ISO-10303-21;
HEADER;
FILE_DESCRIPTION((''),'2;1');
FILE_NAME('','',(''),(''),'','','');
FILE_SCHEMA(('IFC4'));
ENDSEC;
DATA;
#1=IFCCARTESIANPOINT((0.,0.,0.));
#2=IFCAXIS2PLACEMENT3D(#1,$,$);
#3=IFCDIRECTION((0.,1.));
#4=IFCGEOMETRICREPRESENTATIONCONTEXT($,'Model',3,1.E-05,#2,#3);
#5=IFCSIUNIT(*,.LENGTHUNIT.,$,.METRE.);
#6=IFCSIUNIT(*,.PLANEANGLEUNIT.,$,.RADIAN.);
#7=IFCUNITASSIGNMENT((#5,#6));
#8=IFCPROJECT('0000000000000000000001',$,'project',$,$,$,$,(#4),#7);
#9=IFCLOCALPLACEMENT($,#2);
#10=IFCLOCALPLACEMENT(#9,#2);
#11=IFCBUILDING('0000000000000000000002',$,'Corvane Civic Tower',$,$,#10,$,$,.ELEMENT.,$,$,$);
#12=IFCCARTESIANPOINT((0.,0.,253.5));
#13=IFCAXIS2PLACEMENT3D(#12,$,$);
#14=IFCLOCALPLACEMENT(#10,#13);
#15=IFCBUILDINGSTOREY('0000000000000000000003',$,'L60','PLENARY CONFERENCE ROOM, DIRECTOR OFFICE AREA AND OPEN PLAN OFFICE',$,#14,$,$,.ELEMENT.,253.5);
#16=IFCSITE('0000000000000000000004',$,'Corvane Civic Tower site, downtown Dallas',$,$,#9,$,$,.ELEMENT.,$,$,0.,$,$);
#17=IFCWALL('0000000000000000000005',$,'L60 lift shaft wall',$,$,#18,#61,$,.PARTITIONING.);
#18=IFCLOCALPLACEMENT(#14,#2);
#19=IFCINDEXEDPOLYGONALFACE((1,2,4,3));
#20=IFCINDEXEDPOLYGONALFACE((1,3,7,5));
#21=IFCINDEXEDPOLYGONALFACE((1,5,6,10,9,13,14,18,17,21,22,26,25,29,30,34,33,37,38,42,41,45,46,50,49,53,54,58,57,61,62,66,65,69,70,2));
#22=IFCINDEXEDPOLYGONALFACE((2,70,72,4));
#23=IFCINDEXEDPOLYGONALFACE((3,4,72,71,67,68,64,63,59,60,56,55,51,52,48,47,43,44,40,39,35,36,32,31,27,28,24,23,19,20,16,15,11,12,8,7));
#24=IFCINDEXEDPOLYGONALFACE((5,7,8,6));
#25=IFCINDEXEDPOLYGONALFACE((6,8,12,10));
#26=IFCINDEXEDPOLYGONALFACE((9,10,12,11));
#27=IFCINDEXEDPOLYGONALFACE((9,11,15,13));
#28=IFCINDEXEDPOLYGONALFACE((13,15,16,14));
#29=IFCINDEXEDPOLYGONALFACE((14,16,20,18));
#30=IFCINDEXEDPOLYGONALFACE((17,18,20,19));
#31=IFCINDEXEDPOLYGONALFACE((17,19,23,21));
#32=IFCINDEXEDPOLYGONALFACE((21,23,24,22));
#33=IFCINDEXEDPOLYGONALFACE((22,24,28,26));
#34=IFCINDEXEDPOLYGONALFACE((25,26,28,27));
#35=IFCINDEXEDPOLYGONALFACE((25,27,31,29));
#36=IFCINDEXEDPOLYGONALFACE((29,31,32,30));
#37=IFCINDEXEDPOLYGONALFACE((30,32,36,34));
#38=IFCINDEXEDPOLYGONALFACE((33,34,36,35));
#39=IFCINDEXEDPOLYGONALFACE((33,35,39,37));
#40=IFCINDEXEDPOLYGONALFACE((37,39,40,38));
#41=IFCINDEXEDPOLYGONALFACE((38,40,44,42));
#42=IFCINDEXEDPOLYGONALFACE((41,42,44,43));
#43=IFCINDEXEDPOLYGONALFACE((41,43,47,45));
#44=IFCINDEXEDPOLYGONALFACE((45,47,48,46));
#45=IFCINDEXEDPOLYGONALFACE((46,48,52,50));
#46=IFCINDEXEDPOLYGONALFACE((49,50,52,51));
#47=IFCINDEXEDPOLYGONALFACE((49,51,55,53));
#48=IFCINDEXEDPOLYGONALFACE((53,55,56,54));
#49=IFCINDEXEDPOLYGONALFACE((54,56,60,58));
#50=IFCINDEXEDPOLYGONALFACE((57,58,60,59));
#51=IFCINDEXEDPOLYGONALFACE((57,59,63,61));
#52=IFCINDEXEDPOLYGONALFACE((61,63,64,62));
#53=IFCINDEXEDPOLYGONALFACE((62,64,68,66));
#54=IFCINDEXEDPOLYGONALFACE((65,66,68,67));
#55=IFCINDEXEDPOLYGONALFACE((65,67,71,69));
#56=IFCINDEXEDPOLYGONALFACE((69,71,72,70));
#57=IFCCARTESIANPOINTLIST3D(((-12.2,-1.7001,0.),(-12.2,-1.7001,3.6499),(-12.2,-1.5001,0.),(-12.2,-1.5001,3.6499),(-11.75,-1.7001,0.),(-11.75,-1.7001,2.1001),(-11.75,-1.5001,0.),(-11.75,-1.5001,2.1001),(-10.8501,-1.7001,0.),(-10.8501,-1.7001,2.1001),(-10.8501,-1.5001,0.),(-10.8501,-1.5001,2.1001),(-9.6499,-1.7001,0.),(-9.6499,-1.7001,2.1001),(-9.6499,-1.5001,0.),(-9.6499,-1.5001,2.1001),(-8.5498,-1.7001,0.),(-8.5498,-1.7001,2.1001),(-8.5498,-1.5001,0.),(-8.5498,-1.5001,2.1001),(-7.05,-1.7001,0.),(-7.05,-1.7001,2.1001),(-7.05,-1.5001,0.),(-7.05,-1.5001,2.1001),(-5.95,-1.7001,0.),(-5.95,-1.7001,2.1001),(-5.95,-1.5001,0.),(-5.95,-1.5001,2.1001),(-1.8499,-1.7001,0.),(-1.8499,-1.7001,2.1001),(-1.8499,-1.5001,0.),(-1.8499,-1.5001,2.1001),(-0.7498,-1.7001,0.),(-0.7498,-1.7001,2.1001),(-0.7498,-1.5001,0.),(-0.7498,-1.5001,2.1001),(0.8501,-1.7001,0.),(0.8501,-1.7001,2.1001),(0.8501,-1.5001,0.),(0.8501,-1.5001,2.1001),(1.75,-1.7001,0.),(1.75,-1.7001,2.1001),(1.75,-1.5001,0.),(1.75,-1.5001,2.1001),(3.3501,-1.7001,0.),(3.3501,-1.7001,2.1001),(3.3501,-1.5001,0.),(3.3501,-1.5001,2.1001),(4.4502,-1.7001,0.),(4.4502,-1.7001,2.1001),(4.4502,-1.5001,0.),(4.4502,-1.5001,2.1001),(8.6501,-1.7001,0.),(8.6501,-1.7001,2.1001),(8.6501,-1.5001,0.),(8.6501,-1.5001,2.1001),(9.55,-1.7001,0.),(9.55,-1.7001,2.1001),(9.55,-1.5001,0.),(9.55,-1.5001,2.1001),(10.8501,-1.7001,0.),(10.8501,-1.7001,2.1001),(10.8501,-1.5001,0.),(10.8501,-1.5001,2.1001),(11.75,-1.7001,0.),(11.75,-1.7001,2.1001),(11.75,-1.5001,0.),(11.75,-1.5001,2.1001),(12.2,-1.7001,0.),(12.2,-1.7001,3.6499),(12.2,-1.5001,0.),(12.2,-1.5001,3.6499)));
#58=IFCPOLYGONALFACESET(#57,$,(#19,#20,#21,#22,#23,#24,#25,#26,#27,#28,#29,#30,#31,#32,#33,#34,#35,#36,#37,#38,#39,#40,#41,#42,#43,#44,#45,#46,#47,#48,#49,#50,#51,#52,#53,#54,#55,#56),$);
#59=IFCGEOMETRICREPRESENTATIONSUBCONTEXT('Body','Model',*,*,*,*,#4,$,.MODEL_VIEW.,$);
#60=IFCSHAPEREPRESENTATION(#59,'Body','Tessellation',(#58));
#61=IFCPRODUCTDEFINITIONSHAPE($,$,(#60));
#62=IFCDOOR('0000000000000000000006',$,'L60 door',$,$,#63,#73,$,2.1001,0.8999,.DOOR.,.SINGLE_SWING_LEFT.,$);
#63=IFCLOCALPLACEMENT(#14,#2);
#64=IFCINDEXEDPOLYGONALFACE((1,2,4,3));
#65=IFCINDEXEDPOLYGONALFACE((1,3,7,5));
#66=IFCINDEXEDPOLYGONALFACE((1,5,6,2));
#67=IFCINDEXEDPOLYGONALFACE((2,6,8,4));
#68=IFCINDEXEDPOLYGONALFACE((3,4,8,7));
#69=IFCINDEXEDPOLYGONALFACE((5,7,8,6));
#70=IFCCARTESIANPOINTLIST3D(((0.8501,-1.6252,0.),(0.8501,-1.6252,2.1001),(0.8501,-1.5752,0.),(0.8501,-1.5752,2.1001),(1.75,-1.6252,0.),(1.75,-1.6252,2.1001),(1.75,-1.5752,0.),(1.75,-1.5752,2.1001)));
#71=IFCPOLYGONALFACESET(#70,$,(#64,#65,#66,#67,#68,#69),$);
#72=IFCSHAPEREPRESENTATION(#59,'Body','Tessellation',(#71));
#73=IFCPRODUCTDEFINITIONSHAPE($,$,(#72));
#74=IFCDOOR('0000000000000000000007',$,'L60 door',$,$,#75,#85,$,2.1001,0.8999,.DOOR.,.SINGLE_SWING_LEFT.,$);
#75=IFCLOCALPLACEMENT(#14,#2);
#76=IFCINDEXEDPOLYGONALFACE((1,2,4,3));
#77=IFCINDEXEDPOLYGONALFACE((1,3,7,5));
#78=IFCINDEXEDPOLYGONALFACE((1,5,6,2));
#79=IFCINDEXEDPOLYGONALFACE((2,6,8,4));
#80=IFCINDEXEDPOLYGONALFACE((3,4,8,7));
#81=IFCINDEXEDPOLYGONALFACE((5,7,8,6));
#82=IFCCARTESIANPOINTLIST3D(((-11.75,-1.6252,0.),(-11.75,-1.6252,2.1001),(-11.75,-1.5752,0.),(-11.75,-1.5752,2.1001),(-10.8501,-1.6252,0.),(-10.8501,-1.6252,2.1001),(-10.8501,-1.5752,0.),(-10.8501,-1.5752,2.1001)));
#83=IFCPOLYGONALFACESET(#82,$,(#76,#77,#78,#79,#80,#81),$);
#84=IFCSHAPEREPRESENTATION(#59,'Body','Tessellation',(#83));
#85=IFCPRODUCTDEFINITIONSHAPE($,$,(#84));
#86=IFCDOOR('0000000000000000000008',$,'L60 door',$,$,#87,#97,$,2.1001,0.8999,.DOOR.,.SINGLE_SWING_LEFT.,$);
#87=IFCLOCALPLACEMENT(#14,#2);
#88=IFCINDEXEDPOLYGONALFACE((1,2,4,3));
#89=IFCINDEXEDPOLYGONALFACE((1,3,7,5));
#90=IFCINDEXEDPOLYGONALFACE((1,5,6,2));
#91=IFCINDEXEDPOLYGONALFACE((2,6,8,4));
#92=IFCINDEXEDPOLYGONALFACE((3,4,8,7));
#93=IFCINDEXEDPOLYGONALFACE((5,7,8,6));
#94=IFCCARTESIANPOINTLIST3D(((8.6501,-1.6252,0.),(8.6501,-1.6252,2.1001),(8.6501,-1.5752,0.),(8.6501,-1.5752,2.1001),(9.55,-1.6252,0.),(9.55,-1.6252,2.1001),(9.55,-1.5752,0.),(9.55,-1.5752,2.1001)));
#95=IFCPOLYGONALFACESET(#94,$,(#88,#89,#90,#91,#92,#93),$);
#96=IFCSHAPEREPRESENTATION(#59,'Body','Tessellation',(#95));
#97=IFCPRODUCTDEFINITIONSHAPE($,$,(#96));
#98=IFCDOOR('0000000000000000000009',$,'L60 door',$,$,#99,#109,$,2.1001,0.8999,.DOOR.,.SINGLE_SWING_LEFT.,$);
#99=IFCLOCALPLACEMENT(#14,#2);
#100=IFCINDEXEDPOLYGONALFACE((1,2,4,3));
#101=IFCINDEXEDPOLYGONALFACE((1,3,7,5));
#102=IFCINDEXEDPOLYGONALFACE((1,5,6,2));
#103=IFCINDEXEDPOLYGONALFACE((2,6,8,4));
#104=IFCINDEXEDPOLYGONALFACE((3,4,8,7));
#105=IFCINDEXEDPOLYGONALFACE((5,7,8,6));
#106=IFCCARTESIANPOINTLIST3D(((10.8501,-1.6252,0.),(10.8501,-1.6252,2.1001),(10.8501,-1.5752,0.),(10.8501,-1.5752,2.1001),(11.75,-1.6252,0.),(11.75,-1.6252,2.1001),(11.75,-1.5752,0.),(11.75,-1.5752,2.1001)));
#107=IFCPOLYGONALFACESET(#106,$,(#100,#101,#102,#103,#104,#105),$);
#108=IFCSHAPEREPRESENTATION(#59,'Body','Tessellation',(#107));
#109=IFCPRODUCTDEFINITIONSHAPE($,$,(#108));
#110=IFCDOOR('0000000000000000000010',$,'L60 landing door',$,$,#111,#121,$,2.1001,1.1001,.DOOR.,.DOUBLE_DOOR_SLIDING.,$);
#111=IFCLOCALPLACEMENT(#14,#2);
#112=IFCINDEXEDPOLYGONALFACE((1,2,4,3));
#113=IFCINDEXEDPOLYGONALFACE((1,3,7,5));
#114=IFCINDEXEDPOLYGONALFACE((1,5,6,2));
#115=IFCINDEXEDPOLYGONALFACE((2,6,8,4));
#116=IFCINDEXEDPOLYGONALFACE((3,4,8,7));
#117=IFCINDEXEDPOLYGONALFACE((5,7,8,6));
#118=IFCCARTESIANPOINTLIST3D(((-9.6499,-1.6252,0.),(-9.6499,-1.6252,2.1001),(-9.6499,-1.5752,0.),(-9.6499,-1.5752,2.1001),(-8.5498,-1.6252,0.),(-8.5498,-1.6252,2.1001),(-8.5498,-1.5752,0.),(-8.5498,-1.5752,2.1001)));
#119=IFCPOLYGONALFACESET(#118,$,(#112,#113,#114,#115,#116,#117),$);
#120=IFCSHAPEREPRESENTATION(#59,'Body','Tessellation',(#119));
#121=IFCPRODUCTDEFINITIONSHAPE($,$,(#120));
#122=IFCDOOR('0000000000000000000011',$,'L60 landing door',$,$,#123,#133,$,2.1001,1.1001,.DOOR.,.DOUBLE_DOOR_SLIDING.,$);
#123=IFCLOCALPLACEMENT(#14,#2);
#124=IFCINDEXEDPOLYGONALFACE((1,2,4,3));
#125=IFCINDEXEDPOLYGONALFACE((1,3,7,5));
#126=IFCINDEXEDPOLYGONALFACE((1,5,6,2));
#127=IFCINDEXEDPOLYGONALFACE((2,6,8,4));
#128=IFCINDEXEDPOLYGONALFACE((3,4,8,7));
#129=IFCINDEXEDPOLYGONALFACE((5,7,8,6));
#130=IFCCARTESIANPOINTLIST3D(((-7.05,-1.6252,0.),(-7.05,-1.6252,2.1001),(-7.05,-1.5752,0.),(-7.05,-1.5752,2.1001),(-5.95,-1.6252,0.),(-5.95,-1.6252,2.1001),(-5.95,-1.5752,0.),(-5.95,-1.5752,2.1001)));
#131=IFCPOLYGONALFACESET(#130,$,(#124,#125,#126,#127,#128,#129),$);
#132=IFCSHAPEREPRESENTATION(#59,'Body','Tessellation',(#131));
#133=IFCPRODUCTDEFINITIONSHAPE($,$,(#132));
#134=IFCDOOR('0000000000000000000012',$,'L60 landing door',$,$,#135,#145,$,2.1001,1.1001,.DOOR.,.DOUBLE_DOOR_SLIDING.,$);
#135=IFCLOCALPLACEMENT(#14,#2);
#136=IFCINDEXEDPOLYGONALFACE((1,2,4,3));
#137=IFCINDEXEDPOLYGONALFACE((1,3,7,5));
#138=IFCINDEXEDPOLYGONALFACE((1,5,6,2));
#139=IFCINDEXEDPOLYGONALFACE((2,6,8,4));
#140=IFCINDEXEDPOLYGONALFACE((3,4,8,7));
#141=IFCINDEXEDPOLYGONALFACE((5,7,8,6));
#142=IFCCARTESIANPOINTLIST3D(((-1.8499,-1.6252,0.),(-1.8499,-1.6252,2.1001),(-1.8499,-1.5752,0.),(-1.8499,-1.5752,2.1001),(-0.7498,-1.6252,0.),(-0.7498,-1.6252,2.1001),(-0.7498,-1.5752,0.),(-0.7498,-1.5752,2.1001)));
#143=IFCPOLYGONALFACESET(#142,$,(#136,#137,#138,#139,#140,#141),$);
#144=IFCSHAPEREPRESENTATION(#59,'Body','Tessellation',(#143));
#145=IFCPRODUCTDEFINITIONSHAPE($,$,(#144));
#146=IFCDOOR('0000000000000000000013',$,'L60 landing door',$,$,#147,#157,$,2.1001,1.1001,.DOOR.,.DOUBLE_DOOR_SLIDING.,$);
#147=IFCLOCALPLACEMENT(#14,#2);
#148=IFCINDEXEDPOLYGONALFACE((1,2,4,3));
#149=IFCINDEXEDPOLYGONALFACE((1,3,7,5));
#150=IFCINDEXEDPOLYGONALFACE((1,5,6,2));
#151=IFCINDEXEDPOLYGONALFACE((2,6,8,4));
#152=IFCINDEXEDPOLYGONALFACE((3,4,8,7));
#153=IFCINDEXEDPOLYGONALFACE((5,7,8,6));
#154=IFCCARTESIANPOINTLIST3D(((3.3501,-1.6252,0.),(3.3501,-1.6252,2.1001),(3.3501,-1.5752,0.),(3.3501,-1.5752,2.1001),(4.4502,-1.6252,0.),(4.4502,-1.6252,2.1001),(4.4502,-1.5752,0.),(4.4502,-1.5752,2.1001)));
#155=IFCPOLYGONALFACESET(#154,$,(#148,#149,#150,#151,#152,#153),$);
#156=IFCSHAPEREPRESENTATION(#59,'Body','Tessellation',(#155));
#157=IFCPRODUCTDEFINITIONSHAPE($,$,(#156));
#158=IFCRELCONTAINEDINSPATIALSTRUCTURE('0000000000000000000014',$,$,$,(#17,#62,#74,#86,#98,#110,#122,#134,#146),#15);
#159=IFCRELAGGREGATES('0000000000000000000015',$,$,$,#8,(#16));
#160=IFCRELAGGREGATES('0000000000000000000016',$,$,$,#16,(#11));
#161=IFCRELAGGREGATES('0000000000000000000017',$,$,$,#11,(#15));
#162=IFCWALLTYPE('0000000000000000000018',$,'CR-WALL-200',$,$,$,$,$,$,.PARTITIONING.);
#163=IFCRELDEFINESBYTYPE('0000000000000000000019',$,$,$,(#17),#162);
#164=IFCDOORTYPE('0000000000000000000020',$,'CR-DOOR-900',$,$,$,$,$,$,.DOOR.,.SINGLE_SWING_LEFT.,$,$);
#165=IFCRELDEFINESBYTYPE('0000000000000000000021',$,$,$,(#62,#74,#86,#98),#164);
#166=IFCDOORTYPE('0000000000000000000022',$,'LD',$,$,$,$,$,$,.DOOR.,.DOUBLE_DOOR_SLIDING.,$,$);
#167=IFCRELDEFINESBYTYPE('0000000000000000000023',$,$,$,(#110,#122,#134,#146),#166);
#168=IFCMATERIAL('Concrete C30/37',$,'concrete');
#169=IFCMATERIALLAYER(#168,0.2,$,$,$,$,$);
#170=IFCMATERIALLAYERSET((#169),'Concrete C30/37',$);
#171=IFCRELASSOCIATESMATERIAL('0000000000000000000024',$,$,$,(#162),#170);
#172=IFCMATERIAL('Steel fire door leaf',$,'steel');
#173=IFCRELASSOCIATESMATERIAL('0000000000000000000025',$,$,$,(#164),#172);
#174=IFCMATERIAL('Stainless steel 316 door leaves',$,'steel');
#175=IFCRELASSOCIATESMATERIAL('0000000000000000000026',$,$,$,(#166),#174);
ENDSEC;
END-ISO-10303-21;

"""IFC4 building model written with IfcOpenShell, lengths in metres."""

from ifc_helpers import new_model, si_unit, direction, frame, frame_2d, origin, place, context, subcontext, project, spatial, rectangle, extrude, material, layer, layer_set, type_object, element, fill, save


model = new_model("IFC4")

# Units and contexts
model_context = context("Model", 3, precision=1e-05, world=origin(), true_north=direction((0.0, 1.0)))
body_context = subcontext(model_context, "Body", "Model", "MODEL_VIEW")
ifc_project = project(units=[si_unit("LENGTHUNIT", "METRE"), si_unit("PLANEANGLEUNIT", "RADIAN")], contexts=[model_context])

# Site, building, storey
site_placement = place(None, origin())
site = spatial("IfcSite", under=ifc_project, at=site_placement, Name="Corvane Civic Tower site, downtown Dallas", CompositionType="ELEMENT", RefElevation=0.0)
building_placement = place(site_placement, origin())
building = spatial("IfcBuilding", under=site, at=building_placement, Name="Corvane Civic Tower", CompositionType="ELEMENT")
storey_placement = place(building_placement, frame((0.0, 0.0, 253.5)))
storey = spatial("IfcBuildingStorey", under=building, at=storey_placement, Name="L60", Description="PLENARY CONFERENCE ROOM, DIRECTOR OFFICE AREA AND OPEN PLAN OFFICE", CompositionType="ELEMENT", Elevation=253.5)

# Shared definitions
ifc_material_1 = material(Name="Concrete C30/37", Category="concrete")
ifc_layer_1 = layer(ifc_material_1, 0.2)
ifc_layer_set_1 = layer_set([ifc_layer_1], Name="Concrete C30/37")
wall_type_1 = type_object("IfcWallType", Name="CR-WALL-200", PredefinedType="PARTITIONING", material=ifc_layer_set_1)
ifc_material_2 = material(Name="Steel fire door leaf", Category="steel")
door_type_1 = type_object("IfcDoorType", Name="CR-DOOR-900", OperationType="SINGLE_SWING_LEFT", PredefinedType="DOOR", material=ifc_material_2)

# Wall, openings, doors
wall_1_placement = place(storey_placement, frame((-12.2, -1.6001, 0.0), z_axis=(0.0, 0.0, 1.0), x_axis=(1.0, 0.0, 0.0)))
wall_1 = element("IfcWall", 1, at=wall_1_placement, inside=storey, type_object=wall_type_1, Name="L60 lift shaft wall", PredefinedType="PARTITIONING", context=body_context, shape_type="SweptSolid", body=[
    extrude(rectangle(XDim=24.3999, YDim=0.2, at=frame_2d((12.2, 0.0))), origin(), (0.0, 0.0, 1.0), 3.6499),
])
opening_1_placement = place(wall_1_placement, frame((2.55, 0.0, 0.0)))
opening_1 = element("IfcOpeningElement", 2, at=opening_1_placement, cuts=wall_1, PredefinedType="OPENING", context=body_context, shape_type="SweptSolid", body=[
    extrude(rectangle(XDim=1.1001, YDim=2.1001, at=frame_2d((0.55, 1.05))), frame((0.0, 0.1099, 0.0), z_axis=(0.0, -1.0, 0.0), x_axis=(1.0, 0.0, 0.0)), (0.0, 0.0, 1.0), 0.22),
])
opening_2_placement = place(wall_1_placement, frame((5.1499, 0.0, 0.0)))
opening_2 = element("IfcOpeningElement", 3, at=opening_2_placement, cuts=wall_1, PredefinedType="OPENING", context=body_context, shape_type="SweptSolid", body=[
    extrude(rectangle(XDim=1.1001, YDim=2.1001, at=frame_2d((0.55, 1.05))), frame((0.0, 0.1099, 0.0), z_axis=(0.0, -1.0, 0.0), x_axis=(1.0, 0.0, 0.0)), (0.0, 0.0, 1.0), 0.22),
])
opening_3_placement = place(wall_1_placement, frame((10.3501, 0.0, 0.0)))
opening_3 = element("IfcOpeningElement", 4, at=opening_3_placement, cuts=wall_1, PredefinedType="OPENING", context=body_context, shape_type="SweptSolid", body=[
    extrude(rectangle(XDim=1.1001, YDim=2.1001, at=frame_2d((0.55, 1.05))), frame((0.0, 0.1099, 0.0), z_axis=(0.0, -1.0, 0.0), x_axis=(1.0, 0.0, 0.0)), (0.0, 0.0, 1.0), 0.22),
])
opening_4_placement = place(wall_1_placement, frame((13.05, 0.0, 0.0)))
opening_4 = element("IfcOpeningElement", 5, at=opening_4_placement, cuts=wall_1, PredefinedType="OPENING", context=body_context, shape_type="SweptSolid", body=[
    extrude(rectangle(XDim=0.8999, YDim=2.1001, at=frame_2d((0.45, 1.05))), frame((0.0, 0.1099, 0.0), z_axis=(0.0, -1.0, 0.0), x_axis=(1.0, 0.0, 0.0)), (0.0, 0.0, 1.0), 0.22),
])
opening_5_placement = place(wall_1_placement, frame((15.55, 0.0, 0.0)))
opening_5 = element("IfcOpeningElement", 6, at=opening_5_placement, cuts=wall_1, PredefinedType="OPENING", context=body_context, shape_type="SweptSolid", body=[
    extrude(rectangle(XDim=1.1001, YDim=2.1001, at=frame_2d((0.55, 1.05))), frame((0.0, 0.1099, 0.0), z_axis=(0.0, -1.0, 0.0), x_axis=(1.0, 0.0, 0.0)), (0.0, 0.0, 1.0), 0.22),
])
opening_6_placement = place(wall_1_placement, frame((0.45, 0.0, 0.0)))
opening_6 = element("IfcOpeningElement", 7, at=opening_6_placement, cuts=wall_1, PredefinedType="OPENING", context=body_context, shape_type="SweptSolid", body=[
    extrude(rectangle(XDim=0.8999, YDim=2.1001, at=frame_2d((0.45, 1.05))), frame((0.0, 0.1099, 0.0), z_axis=(0.0, -1.0, 0.0), x_axis=(1.0, 0.0, 0.0)), (0.0, 0.0, 1.0), 0.22),
])
opening_7_placement = place(wall_1_placement, frame((20.8501, 0.0, 0.0)))
opening_7 = element("IfcOpeningElement", 8, at=opening_7_placement, cuts=wall_1, PredefinedType="OPENING", context=body_context, shape_type="SweptSolid", body=[
    extrude(rectangle(XDim=0.8999, YDim=2.1001, at=frame_2d((0.45, 1.05))), frame((0.0, 0.1099, 0.0), z_axis=(0.0, -1.0, 0.0), x_axis=(1.0, 0.0, 0.0)), (0.0, 0.0, 1.0), 0.22),
])
opening_8_placement = place(wall_1_placement, frame((23.05, 0.0, 0.0)))
opening_8 = element("IfcOpeningElement", 9, at=opening_8_placement, cuts=wall_1, PredefinedType="OPENING", context=body_context, shape_type="SweptSolid", body=[
    extrude(rectangle(XDim=0.8999, YDim=2.1001, at=frame_2d((0.45, 1.05))), frame((0.0, 0.1099, 0.0), z_axis=(0.0, -1.0, 0.0), x_axis=(1.0, 0.0, 0.0)), (0.0, 0.0, 1.0), 0.22),
])
door_1_placement = place(opening_4_placement, origin())
door_1 = element("IfcDoor", 10, at=door_1_placement, inside=storey, type_object=door_type_1, Name="L60 door", OperationType="SINGLE_SWING_LEFT", OverallHeight=2.1001, OverallWidth=0.8999, PredefinedType="DOOR", context=body_context, shape_type="SweptSolid", body=[
    extrude(rectangle(XDim=0.8999, YDim=2.1001, at=frame_2d((0.45, 1.05))), frame((0.0, 0.0249, 0.0), z_axis=(0.0, -1.0, 0.0), x_axis=(1.0, 0.0, 0.0)), (0.0, 0.0, 1.0), 0.05),
])
fill(opening_4, door_1)
door_2_placement = place(opening_6_placement, origin())
door_2 = element("IfcDoor", 11, at=door_2_placement, inside=storey, type_object=door_type_1, Name="L60 door", OperationType="SINGLE_SWING_LEFT", OverallHeight=2.1001, OverallWidth=0.8999, PredefinedType="DOOR", context=body_context, shape_type="SweptSolid", body=[
    extrude(rectangle(XDim=0.8999, YDim=2.1001, at=frame_2d((0.45, 1.05))), frame((0.0, 0.0249, 0.0), z_axis=(0.0, -1.0, 0.0), x_axis=(1.0, 0.0, 0.0)), (0.0, 0.0, 1.0), 0.05),
])
fill(opening_6, door_2)
door_3_placement = place(opening_7_placement, origin())
door_3 = element("IfcDoor", 12, at=door_3_placement, inside=storey, type_object=door_type_1, Name="L60 door", OperationType="SINGLE_SWING_LEFT", OverallHeight=2.1001, OverallWidth=0.8999, PredefinedType="DOOR", context=body_context, shape_type="SweptSolid", body=[
    extrude(rectangle(XDim=0.8999, YDim=2.1001, at=frame_2d((0.45, 1.05))), frame((0.0, 0.0249, 0.0), z_axis=(0.0, -1.0, 0.0), x_axis=(1.0, 0.0, 0.0)), (0.0, 0.0, 1.0), 0.05),
])
fill(opening_7, door_3)
door_4_placement = place(opening_8_placement, origin())
door_4 = element("IfcDoor", 13, at=door_4_placement, inside=storey, type_object=door_type_1, Name="L60 door", OperationType="SINGLE_SWING_LEFT", OverallHeight=2.1001, OverallWidth=0.8999, PredefinedType="DOOR", context=body_context, shape_type="SweptSolid", body=[
    extrude(rectangle(XDim=0.8999, YDim=2.1001, at=frame_2d((0.45, 1.05))), frame((0.0, 0.0249, 0.0), z_axis=(0.0, -1.0, 0.0), x_axis=(1.0, 0.0, 0.0)), (0.0, 0.0, 1.0), 0.05),
])
fill(opening_8, door_4)
ifc_material_3 = material(Name="Stainless steel 316 door leaves", Category="steel")
door_type_2 = type_object("IfcDoorType", Name="LD", OperationType="DOUBLE_DOOR_SLIDING", PredefinedType="DOOR", material=ifc_material_3)
door_5_placement = place(opening_1_placement, origin())
door_5 = element("IfcDoor", 14, at=door_5_placement, inside=storey, type_object=door_type_2, Name="L60 landing door", OperationType="DOUBLE_DOOR_SLIDING", OverallHeight=2.1001, OverallWidth=1.1001, PredefinedType="DOOR", context=body_context, shape_type="SweptSolid", body=[
    extrude(rectangle(XDim=1.1001, YDim=2.1001, at=frame_2d((0.55, 1.05))), frame((0.0, 0.0249, 0.0), z_axis=(0.0, -1.0, 0.0), x_axis=(1.0, 0.0, 0.0)), (0.0, 0.0, 1.0), 0.05),
])
fill(opening_1, door_5)
door_6_placement = place(opening_2_placement, origin())
door_6 = element("IfcDoor", 15, at=door_6_placement, inside=storey, type_object=door_type_2, Name="L60 landing door", OperationType="DOUBLE_DOOR_SLIDING", OverallHeight=2.1001, OverallWidth=1.1001, PredefinedType="DOOR", context=body_context, shape_type="SweptSolid", body=[
    extrude(rectangle(XDim=1.1001, YDim=2.1001, at=frame_2d((0.55, 1.05))), frame((0.0, 0.0249, 0.0), z_axis=(0.0, -1.0, 0.0), x_axis=(1.0, 0.0, 0.0)), (0.0, 0.0, 1.0), 0.05),
])
fill(opening_2, door_6)
door_7_placement = place(opening_3_placement, origin())
door_7 = element("IfcDoor", 16, at=door_7_placement, inside=storey, type_object=door_type_2, Name="L60 landing door", OperationType="DOUBLE_DOOR_SLIDING", OverallHeight=2.1001, OverallWidth=1.1001, PredefinedType="DOOR", context=body_context, shape_type="SweptSolid", body=[
    extrude(rectangle(XDim=1.1001, YDim=2.1001, at=frame_2d((0.55, 1.05))), frame((0.0, 0.0249, 0.0), z_axis=(0.0, -1.0, 0.0), x_axis=(1.0, 0.0, 0.0)), (0.0, 0.0, 1.0), 0.05),
])
fill(opening_3, door_7)
door_8_placement = place(opening_5_placement, origin())
door_8 = element("IfcDoor", 17, at=door_8_placement, inside=storey, type_object=door_type_2, Name="L60 landing door", OperationType="DOUBLE_DOOR_SLIDING", OverallHeight=2.1001, OverallWidth=1.1001, PredefinedType="DOOR", context=body_context, shape_type="SweptSolid", body=[
    extrude(rectangle(XDim=1.1001, YDim=2.1001, at=frame_2d((0.55, 1.05))), frame((0.0, 0.0249, 0.0), z_axis=(0.0, -1.0, 0.0), x_axis=(1.0, 0.0, 0.0)), (0.0, 0.0, 1.0), 0.05),
])
fill(opening_5, door_8)

save(model, "model.ifc")
